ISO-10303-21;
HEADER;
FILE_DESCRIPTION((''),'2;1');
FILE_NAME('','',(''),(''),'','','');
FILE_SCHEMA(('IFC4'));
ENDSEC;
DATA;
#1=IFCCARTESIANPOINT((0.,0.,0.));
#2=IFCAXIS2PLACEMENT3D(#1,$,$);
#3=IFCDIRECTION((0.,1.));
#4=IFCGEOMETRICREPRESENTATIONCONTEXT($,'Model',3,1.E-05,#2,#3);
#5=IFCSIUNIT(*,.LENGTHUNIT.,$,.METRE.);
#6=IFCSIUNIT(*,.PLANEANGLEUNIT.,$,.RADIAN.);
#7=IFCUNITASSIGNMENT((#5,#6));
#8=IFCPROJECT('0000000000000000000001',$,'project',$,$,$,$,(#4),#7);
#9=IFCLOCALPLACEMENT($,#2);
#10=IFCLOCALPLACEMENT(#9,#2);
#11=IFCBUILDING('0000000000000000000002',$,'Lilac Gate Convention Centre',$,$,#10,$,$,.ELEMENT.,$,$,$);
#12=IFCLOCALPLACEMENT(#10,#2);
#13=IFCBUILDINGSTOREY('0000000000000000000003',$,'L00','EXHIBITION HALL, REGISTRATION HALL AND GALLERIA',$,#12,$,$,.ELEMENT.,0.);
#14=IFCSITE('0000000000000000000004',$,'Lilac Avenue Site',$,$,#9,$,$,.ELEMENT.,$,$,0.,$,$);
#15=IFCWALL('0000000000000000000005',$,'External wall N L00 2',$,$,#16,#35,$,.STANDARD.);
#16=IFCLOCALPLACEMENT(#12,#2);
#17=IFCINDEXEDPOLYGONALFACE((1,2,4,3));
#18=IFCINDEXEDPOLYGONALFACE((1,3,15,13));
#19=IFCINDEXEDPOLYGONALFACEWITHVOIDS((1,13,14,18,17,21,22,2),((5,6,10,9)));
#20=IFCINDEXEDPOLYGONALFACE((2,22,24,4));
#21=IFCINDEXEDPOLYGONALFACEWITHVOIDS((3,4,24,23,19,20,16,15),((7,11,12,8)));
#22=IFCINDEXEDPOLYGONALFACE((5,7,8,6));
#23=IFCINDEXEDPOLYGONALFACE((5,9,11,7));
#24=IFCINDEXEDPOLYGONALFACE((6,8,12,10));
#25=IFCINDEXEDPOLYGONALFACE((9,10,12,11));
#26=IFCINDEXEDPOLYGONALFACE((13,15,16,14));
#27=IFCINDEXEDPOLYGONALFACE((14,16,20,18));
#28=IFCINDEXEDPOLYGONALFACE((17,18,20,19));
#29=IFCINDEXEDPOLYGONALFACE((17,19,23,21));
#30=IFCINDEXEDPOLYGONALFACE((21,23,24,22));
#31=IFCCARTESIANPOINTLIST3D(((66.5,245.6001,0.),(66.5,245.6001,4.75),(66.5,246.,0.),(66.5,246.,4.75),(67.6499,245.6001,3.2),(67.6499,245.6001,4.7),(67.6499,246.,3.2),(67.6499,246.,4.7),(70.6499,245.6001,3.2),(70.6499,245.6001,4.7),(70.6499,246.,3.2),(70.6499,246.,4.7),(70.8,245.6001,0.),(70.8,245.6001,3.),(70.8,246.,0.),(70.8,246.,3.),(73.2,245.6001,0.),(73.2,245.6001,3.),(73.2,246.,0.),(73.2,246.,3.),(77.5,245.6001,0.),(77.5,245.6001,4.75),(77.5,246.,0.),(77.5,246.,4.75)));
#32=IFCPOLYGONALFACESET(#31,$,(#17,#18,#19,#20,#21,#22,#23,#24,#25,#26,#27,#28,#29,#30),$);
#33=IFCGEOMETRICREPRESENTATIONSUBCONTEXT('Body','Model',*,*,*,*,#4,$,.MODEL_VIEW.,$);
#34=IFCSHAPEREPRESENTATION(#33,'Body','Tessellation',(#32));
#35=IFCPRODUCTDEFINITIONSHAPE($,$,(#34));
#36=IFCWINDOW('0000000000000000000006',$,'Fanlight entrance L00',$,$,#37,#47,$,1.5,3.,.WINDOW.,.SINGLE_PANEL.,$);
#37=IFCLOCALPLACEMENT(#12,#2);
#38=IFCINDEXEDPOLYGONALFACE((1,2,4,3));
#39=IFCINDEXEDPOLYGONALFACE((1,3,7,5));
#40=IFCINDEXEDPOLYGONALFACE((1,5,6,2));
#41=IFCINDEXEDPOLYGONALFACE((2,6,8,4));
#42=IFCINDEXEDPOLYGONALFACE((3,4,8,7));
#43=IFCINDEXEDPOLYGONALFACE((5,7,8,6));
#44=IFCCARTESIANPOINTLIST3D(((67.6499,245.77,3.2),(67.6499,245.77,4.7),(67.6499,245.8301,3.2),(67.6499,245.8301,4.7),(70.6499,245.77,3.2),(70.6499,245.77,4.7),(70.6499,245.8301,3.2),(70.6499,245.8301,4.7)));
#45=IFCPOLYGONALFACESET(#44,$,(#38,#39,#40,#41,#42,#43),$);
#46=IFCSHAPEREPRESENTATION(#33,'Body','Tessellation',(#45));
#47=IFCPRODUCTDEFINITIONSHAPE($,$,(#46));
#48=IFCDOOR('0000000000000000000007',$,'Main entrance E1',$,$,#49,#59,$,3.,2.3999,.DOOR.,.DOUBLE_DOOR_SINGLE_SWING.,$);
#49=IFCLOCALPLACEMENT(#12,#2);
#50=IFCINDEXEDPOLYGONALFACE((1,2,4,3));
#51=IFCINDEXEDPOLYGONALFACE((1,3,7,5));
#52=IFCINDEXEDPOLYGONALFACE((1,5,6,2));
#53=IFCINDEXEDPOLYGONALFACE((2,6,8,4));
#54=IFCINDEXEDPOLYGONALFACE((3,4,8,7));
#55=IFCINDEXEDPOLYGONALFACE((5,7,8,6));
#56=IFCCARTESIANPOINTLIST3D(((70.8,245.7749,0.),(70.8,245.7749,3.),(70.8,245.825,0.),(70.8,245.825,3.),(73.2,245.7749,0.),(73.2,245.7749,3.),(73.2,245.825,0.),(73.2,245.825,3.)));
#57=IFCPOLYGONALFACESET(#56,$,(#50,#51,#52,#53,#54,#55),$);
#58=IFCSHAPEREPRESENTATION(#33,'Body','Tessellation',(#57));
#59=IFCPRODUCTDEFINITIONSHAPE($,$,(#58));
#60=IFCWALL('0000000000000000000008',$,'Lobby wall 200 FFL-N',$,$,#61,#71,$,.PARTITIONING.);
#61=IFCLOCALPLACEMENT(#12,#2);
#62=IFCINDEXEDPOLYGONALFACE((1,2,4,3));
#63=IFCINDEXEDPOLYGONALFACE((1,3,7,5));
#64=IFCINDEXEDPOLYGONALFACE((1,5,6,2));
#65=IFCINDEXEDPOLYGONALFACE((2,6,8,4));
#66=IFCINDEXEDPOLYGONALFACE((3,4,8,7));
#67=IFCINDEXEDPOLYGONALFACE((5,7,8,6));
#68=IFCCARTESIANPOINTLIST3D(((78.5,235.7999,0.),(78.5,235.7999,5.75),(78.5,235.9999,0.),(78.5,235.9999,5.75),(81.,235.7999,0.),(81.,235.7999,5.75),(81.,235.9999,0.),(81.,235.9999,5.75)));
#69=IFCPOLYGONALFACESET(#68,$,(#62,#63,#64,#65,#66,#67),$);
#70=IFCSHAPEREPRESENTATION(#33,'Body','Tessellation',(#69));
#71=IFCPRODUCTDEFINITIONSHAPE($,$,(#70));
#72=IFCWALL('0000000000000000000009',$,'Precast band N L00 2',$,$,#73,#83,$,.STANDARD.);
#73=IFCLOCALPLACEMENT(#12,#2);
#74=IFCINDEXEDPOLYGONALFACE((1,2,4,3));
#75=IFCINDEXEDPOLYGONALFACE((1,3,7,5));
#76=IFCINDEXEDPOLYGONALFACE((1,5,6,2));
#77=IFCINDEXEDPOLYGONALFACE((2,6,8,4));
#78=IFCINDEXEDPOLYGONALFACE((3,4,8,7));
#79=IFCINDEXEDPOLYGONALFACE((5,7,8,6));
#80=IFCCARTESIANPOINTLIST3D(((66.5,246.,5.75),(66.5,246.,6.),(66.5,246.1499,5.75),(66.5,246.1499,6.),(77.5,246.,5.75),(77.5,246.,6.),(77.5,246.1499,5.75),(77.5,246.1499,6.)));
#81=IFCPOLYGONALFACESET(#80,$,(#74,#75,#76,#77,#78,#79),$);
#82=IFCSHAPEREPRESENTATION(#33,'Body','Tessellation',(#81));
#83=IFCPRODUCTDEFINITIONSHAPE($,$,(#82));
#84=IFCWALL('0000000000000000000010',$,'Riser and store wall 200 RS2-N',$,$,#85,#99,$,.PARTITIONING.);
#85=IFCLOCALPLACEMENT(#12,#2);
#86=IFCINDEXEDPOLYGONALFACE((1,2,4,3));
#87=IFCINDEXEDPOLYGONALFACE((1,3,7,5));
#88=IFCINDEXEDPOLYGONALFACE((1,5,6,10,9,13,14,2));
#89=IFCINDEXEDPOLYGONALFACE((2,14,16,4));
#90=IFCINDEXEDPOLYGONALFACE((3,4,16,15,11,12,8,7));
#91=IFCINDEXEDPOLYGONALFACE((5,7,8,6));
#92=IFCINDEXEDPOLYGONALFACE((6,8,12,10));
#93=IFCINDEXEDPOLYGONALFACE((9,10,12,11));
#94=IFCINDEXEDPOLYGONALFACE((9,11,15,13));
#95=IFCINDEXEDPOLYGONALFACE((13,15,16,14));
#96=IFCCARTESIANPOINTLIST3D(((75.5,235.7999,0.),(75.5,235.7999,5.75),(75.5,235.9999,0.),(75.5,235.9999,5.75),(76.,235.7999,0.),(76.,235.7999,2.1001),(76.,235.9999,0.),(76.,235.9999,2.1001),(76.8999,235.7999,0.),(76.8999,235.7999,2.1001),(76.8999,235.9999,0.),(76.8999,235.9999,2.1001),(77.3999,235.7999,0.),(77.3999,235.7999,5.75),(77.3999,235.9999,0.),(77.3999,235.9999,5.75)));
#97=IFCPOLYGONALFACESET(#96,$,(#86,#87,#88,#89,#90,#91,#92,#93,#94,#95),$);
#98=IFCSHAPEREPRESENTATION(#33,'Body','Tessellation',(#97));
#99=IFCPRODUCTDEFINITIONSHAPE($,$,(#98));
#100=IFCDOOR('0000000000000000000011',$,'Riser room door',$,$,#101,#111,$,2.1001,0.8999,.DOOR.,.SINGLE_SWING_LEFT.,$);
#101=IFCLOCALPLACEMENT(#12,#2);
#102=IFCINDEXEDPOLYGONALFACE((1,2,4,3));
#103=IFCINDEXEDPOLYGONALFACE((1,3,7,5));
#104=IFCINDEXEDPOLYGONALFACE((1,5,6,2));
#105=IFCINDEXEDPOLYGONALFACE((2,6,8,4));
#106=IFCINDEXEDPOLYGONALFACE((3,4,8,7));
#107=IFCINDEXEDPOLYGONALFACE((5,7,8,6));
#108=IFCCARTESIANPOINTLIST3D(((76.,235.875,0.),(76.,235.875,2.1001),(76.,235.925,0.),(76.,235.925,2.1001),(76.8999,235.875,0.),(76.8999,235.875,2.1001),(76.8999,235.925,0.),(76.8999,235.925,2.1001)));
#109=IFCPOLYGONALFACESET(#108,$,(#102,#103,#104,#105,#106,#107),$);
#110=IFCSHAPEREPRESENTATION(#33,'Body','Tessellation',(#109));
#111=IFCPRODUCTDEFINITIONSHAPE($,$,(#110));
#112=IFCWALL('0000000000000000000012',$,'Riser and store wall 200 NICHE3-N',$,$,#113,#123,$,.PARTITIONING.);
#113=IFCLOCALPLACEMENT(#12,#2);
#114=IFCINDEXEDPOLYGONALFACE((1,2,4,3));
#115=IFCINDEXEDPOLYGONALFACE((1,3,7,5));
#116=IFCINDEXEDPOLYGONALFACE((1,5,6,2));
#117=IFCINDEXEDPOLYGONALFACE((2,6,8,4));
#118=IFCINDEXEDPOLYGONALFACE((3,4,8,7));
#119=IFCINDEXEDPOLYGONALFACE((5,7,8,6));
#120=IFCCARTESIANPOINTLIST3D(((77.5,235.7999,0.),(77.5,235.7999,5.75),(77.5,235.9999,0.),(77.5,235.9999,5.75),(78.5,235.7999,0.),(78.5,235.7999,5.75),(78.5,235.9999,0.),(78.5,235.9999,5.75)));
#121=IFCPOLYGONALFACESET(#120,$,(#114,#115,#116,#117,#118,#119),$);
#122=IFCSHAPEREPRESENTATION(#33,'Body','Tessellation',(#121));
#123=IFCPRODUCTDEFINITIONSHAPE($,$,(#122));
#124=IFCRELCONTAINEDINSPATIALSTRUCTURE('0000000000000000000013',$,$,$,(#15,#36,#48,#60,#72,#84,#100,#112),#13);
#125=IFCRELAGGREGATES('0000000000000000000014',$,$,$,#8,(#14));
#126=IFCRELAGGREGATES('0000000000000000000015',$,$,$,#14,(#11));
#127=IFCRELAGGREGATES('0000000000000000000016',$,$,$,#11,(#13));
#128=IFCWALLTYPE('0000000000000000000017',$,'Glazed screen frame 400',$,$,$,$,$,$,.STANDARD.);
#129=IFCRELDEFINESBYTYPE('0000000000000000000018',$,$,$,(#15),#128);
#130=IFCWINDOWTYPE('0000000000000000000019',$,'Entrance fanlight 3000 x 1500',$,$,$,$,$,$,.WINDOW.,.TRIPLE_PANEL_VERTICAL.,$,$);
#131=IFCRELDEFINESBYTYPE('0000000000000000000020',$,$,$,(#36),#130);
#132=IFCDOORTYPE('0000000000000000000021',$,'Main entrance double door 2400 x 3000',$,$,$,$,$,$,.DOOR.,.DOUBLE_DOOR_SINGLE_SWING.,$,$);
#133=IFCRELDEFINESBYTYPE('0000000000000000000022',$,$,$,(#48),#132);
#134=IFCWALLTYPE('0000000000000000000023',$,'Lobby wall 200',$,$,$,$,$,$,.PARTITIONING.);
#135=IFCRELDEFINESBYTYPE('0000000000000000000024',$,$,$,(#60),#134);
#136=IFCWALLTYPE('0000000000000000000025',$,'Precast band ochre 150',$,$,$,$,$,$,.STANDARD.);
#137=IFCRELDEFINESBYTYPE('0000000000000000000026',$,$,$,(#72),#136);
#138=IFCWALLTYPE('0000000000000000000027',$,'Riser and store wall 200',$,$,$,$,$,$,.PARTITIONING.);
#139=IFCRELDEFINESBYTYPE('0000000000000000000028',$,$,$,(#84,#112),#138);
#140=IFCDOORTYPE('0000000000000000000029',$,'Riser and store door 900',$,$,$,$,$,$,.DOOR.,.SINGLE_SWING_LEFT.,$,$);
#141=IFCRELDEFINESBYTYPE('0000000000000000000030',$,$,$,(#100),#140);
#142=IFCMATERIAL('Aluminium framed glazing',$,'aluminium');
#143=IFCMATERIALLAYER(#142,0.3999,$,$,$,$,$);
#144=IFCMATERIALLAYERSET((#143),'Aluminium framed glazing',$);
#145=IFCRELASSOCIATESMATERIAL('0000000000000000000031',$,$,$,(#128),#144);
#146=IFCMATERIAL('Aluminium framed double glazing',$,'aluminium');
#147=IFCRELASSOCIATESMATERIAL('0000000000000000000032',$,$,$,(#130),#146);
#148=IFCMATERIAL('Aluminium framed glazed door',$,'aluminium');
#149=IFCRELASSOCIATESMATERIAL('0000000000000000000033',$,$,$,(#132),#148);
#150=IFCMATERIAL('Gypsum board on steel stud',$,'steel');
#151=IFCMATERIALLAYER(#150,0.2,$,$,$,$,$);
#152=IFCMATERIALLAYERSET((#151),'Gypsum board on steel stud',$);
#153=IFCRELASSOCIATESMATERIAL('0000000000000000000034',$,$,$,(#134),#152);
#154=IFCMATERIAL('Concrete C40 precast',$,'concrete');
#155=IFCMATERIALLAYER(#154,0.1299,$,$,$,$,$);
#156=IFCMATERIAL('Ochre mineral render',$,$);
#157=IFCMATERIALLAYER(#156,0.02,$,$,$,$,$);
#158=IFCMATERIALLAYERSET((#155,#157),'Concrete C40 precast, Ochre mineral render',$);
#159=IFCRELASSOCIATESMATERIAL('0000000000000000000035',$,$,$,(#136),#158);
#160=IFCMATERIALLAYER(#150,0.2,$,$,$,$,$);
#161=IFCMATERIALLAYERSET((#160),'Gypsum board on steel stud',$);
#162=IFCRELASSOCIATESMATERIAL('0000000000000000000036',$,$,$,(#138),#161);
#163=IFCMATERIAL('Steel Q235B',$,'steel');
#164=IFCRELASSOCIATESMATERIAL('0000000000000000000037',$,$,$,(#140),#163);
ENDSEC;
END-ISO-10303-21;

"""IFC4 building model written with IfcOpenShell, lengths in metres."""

from ifc_helpers import new_model, si_unit, direction, frame, frame_2d, origin, place, context, subcontext, project, spatial, rectangle, extrude, material, layer, layer_set, type_object, element, fill, save


model = new_model("IFC4")

# Units and contexts
model_context = context("Model", 3, precision=1e-05, world=origin(), true_north=direction((0.0, 1.0)))
body_context = subcontext(model_context, "Body", "Model", "MODEL_VIEW")
ifc_project = project(units=[si_unit("LENGTHUNIT", "METRE"), si_unit("PLANEANGLEUNIT", "RADIAN")], contexts=[model_context])

# Site, building, storey
site_placement = place(None, origin())
site = spatial("IfcSite", under=ifc_project, at=site_placement, Name="Lilac Avenue Site", CompositionType="ELEMENT", RefElevation=0.0)
building_placement = place(site_placement, origin())
building = spatial("IfcBuilding", under=site, at=building_placement, Name="Lilac Gate Convention Centre", CompositionType="ELEMENT")
storey_placement = place(building_placement, origin())
storey = spatial("IfcBuildingStorey", under=building, at=storey_placement, Name="L00", Description="EXHIBITION HALL, REGISTRATION HALL AND GALLERIA", CompositionType="ELEMENT", Elevation=0.0)

# Shared definitions
ifc_material_1 = material(Name="Aluminium framed double glazing", Category="aluminium")

# Wall, openings, window, door
ifc_material_2 = material(Name="Aluminium framed glazing", Category="aluminium")
ifc_layer_1 = layer(ifc_material_2, 0.3999)
ifc_layer_set_1 = layer_set([ifc_layer_1], Name="Aluminium framed glazing")
wall_type_1 = type_object("IfcWallType", Name="Glazed screen frame 400", PredefinedType="STANDARD", material=ifc_layer_set_1)
wall_1_placement = place(storey_placement, frame((77.5, 245.8, 0.0), z_axis=(0.0, 0.0, 1.0), x_axis=(-1.0, 0.0, 0.0)))
wall_1 = element("IfcWall", 1, at=wall_1_placement, inside=storey, type_object=wall_type_1, Name="External wall N L00 2", PredefinedType="STANDARD", context=body_context, shape_type="SweptSolid", body=[
    extrude(rectangle(XDim=11.0, YDim=0.3999, at=frame_2d((5.5, 0.0))), origin(), (0.0, 0.0, 1.0), 4.75),
])
opening_1_placement = place(wall_1_placement, frame((4.3, 0.0, 0.0)))
opening_1 = element("IfcOpeningElement", 2, at=opening_1_placement, cuts=wall_1, PredefinedType="OPENING", context=body_context, shape_type="SweptSolid", body=[
    extrude(rectangle(XDim=2.3999, YDim=3.0, at=frame_2d((1.2, 1.5))), frame((0.0, 0.21, 0.0), z_axis=(0.0, -1.0, 0.0), x_axis=(1.0, 0.0, 0.0)), (0.0, 0.0, 1.0), 0.4199),
])
opening_2_placement = place(wall_1_placement, frame((6.8501, 0.0, 3.2)))
opening_2 = element("IfcOpeningElement", 3, at=opening_2_placement, cuts=wall_1, PredefinedType="OPENING", context=body_context, shape_type="SweptSolid", body=[
    extrude(rectangle(XDim=3.0, YDim=1.5, at=frame_2d((1.5, 0.75))), frame((0.0, 0.21, 0.0), z_axis=(0.0, -1.0, 0.0), x_axis=(1.0, 0.0, 0.0)), (0.0, 0.0, 1.0), 0.4199),
])
window_type = type_object("IfcWindowType", Name="Entrance fanlight 3000 x 1500", PartitioningType="TRIPLE_PANEL_VERTICAL", PredefinedType="WINDOW", material=ifc_material_1)
window_placement = place(opening_2_placement, origin())
window = element("IfcWindow", 4, at=window_placement, inside=storey, type_object=window_type, Name="Fanlight entrance L00", OverallHeight=1.5, OverallWidth=3.0, PartitioningType="SINGLE_PANEL", PredefinedType="WINDOW", context=body_context, shape_type="SweptSolid", body=[
    extrude(rectangle(XDim=3.0, YDim=1.5, at=frame_2d((1.5, 0.75))), frame((0.0, 0.03, 0.0), z_axis=(0.0, -1.0, 0.0), x_axis=(1.0, 0.0, 0.0)), (0.0, 0.0, 1.0), 0.0601),
])
fill(opening_2, window)
ifc_material_3 = material(Name="Aluminium framed glazed door", Category="aluminium")
door_type_1 = type_object("IfcDoorType", Name="Main entrance double door 2400 x 3000", OperationType="DOUBLE_DOOR_SINGLE_SWING", PredefinedType="DOOR", material=ifc_material_3)
door_1_placement = place(opening_1_placement, frame((2.3999, 0.0, 0.0), z_axis=(0.0, 0.0, 1.0), x_axis=(-1.0, 0.0, 0.0)))
door_1 = element("IfcDoor", 5, at=door_1_placement, inside=storey, type_object=door_type_1, Name="Main entrance E1", OperationType="DOUBLE_DOOR_SINGLE_SWING", OverallHeight=3.0, OverallWidth=2.3999, PredefinedType="DOOR", context=body_context, shape_type="SweptSolid", body=[
    extrude(rectangle(XDim=2.3999, YDim=3.0, at=frame_2d((1.2, 1.5))), frame((0.0, 0.0249, 0.0), z_axis=(0.0, -1.0, 0.0), x_axis=(1.0, 0.0, 0.0)), (0.0, 0.0, 1.0), 0.05),
])
fill(opening_1, door_1)

# Walls
ifc_material_4 = material(Name="Gypsum board on steel stud", Category="steel")
ifc_layer_2 = layer(ifc_material_4, 0.2)
ifc_layer_set_2 = layer_set([ifc_layer_2], Name="Gypsum board on steel stud")
wall_type_2 = type_object("IfcWallType", Name="Lobby wall 200", PredefinedType="PARTITIONING", material=ifc_layer_set_2)
wall_2_placement = place(storey_placement, frame((78.5, 235.8999, 0.0), z_axis=(0.0, 0.0, 1.0), x_axis=(1.0, 0.0, 0.0)))
element("IfcWall", 6, at=wall_2_placement, inside=storey, type_object=wall_type_2, Name="Lobby wall 200 FFL-N", PredefinedType="PARTITIONING", context=body_context, shape_type="SweptSolid", body=[
    extrude(rectangle(XDim=2.5, YDim=0.2, at=frame_2d((1.25, 0.0))), origin(), (0.0, 0.0, 1.0), 5.75),
])
ifc_material_5 = material(Name="Concrete C40 precast", Category="concrete")
ifc_layer_3 = layer(ifc_material_5, 0.1299)
ifc_material_6 = material(Name="Ochre mineral render")
ifc_layer_4 = layer(ifc_material_6, 0.02)
ifc_layer_set_3 = layer_set([ifc_layer_3, ifc_layer_4], Name="Concrete C40 precast, Ochre mineral render")
wall_type_3 = type_object("IfcWallType", Name="Precast band ochre 150", PredefinedType="STANDARD", material=ifc_layer_set_3)
wall_3_placement = place(storey_placement, frame((77.5, 246.075, 5.75), z_axis=(0.0, 0.0, 1.0), x_axis=(-1.0, 0.0, 0.0)))
element("IfcWall", 7, at=wall_3_placement, inside=storey, type_object=wall_type_3, Name="Precast band N L00 2", PredefinedType="STANDARD", context=body_context, shape_type="SweptSolid", body=[
    extrude(rectangle(XDim=11.0, YDim=0.1499, at=frame_2d((5.5, 0.0))), origin(), (0.0, 0.0, 1.0), 0.25),
])

# Wall, opening, door
ifc_layer_5 = layer(ifc_material_4, 0.2)
ifc_layer_set_4 = layer_set([ifc_layer_5], Name="Gypsum board on steel stud")
wall_type_4 = type_object("IfcWallType", Name="Riser and store wall 200", PredefinedType="PARTITIONING", material=ifc_layer_set_4)
wall_4_placement = place(storey_placement, frame((77.3999, 235.8999, 0.0), z_axis=(0.0, 0.0, 1.0), x_axis=(-1.0, 0.0, 0.0)))
wall_4 = element("IfcWall", 8, at=wall_4_placement, inside=storey, type_object=wall_type_4, Name="Riser and store wall 200 RS2-N", PredefinedType="PARTITIONING", context=body_context, shape_type="SweptSolid", body=[
    extrude(rectangle(XDim=1.8999, YDim=0.2, at=frame_2d((0.95, 0.0))), origin(), (0.0, 0.0, 1.0), 5.75),
])
opening_3_placement = place(wall_4_placement, frame((0.5, 0.0, 0.0)))
opening_3 = element("IfcOpeningElement", 9, at=opening_3_placement, cuts=wall_4, PredefinedType="OPENING", context=body_context, shape_type="SweptSolid", body=[
    extrude(rectangle(XDim=0.8999, YDim=2.1001, at=frame_2d((0.45, 1.05))), frame((0.0, 0.1099, 0.0), z_axis=(0.0, -1.0, 0.0), x_axis=(1.0, 0.0, 0.0)), (0.0, 0.0, 1.0), 0.22),
])
ifc_material_7 = material(Name="Steel Q235B", Category="steel")
door_type_2 = type_object("IfcDoorType", Name="Riser and store door 900", OperationType="SINGLE_SWING_LEFT", PredefinedType="DOOR", material=ifc_material_7)
door_2_placement = place(opening_3_placement, origin())
door_2 = element("IfcDoor", 10, at=door_2_placement, inside=storey, type_object=door_type_2, Name="Riser room door", OperationType="SINGLE_SWING_LEFT", OverallHeight=2.1001, OverallWidth=0.8999, PredefinedType="DOOR", context=body_context, shape_type="SweptSolid", body=[
    extrude(rectangle(XDim=0.8999, YDim=2.1001, at=frame_2d((0.45, 1.05))), frame((0.0, 0.0249, 0.0), z_axis=(0.0, -1.0, 0.0), x_axis=(1.0, 0.0, 0.0)), (0.0, 0.0, 1.0), 0.05),
])
fill(opening_3, door_2)

# Wall
wall_5_placement = place(storey_placement, frame((77.5, 235.8999, 0.0), z_axis=(0.0, 0.0, 1.0), x_axis=(1.0, 0.0, 0.0)))
element("IfcWall", 11, at=wall_5_placement, inside=storey, type_object=wall_type_4, Name="Riser and store wall 200 NICHE3-N", PredefinedType="PARTITIONING", context=body_context, shape_type="SweptSolid", body=[
    extrude(rectangle(XDim=1.0, YDim=0.2, at=frame_2d((0.5, 0.0))), origin(), (0.0, 0.0, 1.0), 5.75),
])

save(model, "model.ifc")
